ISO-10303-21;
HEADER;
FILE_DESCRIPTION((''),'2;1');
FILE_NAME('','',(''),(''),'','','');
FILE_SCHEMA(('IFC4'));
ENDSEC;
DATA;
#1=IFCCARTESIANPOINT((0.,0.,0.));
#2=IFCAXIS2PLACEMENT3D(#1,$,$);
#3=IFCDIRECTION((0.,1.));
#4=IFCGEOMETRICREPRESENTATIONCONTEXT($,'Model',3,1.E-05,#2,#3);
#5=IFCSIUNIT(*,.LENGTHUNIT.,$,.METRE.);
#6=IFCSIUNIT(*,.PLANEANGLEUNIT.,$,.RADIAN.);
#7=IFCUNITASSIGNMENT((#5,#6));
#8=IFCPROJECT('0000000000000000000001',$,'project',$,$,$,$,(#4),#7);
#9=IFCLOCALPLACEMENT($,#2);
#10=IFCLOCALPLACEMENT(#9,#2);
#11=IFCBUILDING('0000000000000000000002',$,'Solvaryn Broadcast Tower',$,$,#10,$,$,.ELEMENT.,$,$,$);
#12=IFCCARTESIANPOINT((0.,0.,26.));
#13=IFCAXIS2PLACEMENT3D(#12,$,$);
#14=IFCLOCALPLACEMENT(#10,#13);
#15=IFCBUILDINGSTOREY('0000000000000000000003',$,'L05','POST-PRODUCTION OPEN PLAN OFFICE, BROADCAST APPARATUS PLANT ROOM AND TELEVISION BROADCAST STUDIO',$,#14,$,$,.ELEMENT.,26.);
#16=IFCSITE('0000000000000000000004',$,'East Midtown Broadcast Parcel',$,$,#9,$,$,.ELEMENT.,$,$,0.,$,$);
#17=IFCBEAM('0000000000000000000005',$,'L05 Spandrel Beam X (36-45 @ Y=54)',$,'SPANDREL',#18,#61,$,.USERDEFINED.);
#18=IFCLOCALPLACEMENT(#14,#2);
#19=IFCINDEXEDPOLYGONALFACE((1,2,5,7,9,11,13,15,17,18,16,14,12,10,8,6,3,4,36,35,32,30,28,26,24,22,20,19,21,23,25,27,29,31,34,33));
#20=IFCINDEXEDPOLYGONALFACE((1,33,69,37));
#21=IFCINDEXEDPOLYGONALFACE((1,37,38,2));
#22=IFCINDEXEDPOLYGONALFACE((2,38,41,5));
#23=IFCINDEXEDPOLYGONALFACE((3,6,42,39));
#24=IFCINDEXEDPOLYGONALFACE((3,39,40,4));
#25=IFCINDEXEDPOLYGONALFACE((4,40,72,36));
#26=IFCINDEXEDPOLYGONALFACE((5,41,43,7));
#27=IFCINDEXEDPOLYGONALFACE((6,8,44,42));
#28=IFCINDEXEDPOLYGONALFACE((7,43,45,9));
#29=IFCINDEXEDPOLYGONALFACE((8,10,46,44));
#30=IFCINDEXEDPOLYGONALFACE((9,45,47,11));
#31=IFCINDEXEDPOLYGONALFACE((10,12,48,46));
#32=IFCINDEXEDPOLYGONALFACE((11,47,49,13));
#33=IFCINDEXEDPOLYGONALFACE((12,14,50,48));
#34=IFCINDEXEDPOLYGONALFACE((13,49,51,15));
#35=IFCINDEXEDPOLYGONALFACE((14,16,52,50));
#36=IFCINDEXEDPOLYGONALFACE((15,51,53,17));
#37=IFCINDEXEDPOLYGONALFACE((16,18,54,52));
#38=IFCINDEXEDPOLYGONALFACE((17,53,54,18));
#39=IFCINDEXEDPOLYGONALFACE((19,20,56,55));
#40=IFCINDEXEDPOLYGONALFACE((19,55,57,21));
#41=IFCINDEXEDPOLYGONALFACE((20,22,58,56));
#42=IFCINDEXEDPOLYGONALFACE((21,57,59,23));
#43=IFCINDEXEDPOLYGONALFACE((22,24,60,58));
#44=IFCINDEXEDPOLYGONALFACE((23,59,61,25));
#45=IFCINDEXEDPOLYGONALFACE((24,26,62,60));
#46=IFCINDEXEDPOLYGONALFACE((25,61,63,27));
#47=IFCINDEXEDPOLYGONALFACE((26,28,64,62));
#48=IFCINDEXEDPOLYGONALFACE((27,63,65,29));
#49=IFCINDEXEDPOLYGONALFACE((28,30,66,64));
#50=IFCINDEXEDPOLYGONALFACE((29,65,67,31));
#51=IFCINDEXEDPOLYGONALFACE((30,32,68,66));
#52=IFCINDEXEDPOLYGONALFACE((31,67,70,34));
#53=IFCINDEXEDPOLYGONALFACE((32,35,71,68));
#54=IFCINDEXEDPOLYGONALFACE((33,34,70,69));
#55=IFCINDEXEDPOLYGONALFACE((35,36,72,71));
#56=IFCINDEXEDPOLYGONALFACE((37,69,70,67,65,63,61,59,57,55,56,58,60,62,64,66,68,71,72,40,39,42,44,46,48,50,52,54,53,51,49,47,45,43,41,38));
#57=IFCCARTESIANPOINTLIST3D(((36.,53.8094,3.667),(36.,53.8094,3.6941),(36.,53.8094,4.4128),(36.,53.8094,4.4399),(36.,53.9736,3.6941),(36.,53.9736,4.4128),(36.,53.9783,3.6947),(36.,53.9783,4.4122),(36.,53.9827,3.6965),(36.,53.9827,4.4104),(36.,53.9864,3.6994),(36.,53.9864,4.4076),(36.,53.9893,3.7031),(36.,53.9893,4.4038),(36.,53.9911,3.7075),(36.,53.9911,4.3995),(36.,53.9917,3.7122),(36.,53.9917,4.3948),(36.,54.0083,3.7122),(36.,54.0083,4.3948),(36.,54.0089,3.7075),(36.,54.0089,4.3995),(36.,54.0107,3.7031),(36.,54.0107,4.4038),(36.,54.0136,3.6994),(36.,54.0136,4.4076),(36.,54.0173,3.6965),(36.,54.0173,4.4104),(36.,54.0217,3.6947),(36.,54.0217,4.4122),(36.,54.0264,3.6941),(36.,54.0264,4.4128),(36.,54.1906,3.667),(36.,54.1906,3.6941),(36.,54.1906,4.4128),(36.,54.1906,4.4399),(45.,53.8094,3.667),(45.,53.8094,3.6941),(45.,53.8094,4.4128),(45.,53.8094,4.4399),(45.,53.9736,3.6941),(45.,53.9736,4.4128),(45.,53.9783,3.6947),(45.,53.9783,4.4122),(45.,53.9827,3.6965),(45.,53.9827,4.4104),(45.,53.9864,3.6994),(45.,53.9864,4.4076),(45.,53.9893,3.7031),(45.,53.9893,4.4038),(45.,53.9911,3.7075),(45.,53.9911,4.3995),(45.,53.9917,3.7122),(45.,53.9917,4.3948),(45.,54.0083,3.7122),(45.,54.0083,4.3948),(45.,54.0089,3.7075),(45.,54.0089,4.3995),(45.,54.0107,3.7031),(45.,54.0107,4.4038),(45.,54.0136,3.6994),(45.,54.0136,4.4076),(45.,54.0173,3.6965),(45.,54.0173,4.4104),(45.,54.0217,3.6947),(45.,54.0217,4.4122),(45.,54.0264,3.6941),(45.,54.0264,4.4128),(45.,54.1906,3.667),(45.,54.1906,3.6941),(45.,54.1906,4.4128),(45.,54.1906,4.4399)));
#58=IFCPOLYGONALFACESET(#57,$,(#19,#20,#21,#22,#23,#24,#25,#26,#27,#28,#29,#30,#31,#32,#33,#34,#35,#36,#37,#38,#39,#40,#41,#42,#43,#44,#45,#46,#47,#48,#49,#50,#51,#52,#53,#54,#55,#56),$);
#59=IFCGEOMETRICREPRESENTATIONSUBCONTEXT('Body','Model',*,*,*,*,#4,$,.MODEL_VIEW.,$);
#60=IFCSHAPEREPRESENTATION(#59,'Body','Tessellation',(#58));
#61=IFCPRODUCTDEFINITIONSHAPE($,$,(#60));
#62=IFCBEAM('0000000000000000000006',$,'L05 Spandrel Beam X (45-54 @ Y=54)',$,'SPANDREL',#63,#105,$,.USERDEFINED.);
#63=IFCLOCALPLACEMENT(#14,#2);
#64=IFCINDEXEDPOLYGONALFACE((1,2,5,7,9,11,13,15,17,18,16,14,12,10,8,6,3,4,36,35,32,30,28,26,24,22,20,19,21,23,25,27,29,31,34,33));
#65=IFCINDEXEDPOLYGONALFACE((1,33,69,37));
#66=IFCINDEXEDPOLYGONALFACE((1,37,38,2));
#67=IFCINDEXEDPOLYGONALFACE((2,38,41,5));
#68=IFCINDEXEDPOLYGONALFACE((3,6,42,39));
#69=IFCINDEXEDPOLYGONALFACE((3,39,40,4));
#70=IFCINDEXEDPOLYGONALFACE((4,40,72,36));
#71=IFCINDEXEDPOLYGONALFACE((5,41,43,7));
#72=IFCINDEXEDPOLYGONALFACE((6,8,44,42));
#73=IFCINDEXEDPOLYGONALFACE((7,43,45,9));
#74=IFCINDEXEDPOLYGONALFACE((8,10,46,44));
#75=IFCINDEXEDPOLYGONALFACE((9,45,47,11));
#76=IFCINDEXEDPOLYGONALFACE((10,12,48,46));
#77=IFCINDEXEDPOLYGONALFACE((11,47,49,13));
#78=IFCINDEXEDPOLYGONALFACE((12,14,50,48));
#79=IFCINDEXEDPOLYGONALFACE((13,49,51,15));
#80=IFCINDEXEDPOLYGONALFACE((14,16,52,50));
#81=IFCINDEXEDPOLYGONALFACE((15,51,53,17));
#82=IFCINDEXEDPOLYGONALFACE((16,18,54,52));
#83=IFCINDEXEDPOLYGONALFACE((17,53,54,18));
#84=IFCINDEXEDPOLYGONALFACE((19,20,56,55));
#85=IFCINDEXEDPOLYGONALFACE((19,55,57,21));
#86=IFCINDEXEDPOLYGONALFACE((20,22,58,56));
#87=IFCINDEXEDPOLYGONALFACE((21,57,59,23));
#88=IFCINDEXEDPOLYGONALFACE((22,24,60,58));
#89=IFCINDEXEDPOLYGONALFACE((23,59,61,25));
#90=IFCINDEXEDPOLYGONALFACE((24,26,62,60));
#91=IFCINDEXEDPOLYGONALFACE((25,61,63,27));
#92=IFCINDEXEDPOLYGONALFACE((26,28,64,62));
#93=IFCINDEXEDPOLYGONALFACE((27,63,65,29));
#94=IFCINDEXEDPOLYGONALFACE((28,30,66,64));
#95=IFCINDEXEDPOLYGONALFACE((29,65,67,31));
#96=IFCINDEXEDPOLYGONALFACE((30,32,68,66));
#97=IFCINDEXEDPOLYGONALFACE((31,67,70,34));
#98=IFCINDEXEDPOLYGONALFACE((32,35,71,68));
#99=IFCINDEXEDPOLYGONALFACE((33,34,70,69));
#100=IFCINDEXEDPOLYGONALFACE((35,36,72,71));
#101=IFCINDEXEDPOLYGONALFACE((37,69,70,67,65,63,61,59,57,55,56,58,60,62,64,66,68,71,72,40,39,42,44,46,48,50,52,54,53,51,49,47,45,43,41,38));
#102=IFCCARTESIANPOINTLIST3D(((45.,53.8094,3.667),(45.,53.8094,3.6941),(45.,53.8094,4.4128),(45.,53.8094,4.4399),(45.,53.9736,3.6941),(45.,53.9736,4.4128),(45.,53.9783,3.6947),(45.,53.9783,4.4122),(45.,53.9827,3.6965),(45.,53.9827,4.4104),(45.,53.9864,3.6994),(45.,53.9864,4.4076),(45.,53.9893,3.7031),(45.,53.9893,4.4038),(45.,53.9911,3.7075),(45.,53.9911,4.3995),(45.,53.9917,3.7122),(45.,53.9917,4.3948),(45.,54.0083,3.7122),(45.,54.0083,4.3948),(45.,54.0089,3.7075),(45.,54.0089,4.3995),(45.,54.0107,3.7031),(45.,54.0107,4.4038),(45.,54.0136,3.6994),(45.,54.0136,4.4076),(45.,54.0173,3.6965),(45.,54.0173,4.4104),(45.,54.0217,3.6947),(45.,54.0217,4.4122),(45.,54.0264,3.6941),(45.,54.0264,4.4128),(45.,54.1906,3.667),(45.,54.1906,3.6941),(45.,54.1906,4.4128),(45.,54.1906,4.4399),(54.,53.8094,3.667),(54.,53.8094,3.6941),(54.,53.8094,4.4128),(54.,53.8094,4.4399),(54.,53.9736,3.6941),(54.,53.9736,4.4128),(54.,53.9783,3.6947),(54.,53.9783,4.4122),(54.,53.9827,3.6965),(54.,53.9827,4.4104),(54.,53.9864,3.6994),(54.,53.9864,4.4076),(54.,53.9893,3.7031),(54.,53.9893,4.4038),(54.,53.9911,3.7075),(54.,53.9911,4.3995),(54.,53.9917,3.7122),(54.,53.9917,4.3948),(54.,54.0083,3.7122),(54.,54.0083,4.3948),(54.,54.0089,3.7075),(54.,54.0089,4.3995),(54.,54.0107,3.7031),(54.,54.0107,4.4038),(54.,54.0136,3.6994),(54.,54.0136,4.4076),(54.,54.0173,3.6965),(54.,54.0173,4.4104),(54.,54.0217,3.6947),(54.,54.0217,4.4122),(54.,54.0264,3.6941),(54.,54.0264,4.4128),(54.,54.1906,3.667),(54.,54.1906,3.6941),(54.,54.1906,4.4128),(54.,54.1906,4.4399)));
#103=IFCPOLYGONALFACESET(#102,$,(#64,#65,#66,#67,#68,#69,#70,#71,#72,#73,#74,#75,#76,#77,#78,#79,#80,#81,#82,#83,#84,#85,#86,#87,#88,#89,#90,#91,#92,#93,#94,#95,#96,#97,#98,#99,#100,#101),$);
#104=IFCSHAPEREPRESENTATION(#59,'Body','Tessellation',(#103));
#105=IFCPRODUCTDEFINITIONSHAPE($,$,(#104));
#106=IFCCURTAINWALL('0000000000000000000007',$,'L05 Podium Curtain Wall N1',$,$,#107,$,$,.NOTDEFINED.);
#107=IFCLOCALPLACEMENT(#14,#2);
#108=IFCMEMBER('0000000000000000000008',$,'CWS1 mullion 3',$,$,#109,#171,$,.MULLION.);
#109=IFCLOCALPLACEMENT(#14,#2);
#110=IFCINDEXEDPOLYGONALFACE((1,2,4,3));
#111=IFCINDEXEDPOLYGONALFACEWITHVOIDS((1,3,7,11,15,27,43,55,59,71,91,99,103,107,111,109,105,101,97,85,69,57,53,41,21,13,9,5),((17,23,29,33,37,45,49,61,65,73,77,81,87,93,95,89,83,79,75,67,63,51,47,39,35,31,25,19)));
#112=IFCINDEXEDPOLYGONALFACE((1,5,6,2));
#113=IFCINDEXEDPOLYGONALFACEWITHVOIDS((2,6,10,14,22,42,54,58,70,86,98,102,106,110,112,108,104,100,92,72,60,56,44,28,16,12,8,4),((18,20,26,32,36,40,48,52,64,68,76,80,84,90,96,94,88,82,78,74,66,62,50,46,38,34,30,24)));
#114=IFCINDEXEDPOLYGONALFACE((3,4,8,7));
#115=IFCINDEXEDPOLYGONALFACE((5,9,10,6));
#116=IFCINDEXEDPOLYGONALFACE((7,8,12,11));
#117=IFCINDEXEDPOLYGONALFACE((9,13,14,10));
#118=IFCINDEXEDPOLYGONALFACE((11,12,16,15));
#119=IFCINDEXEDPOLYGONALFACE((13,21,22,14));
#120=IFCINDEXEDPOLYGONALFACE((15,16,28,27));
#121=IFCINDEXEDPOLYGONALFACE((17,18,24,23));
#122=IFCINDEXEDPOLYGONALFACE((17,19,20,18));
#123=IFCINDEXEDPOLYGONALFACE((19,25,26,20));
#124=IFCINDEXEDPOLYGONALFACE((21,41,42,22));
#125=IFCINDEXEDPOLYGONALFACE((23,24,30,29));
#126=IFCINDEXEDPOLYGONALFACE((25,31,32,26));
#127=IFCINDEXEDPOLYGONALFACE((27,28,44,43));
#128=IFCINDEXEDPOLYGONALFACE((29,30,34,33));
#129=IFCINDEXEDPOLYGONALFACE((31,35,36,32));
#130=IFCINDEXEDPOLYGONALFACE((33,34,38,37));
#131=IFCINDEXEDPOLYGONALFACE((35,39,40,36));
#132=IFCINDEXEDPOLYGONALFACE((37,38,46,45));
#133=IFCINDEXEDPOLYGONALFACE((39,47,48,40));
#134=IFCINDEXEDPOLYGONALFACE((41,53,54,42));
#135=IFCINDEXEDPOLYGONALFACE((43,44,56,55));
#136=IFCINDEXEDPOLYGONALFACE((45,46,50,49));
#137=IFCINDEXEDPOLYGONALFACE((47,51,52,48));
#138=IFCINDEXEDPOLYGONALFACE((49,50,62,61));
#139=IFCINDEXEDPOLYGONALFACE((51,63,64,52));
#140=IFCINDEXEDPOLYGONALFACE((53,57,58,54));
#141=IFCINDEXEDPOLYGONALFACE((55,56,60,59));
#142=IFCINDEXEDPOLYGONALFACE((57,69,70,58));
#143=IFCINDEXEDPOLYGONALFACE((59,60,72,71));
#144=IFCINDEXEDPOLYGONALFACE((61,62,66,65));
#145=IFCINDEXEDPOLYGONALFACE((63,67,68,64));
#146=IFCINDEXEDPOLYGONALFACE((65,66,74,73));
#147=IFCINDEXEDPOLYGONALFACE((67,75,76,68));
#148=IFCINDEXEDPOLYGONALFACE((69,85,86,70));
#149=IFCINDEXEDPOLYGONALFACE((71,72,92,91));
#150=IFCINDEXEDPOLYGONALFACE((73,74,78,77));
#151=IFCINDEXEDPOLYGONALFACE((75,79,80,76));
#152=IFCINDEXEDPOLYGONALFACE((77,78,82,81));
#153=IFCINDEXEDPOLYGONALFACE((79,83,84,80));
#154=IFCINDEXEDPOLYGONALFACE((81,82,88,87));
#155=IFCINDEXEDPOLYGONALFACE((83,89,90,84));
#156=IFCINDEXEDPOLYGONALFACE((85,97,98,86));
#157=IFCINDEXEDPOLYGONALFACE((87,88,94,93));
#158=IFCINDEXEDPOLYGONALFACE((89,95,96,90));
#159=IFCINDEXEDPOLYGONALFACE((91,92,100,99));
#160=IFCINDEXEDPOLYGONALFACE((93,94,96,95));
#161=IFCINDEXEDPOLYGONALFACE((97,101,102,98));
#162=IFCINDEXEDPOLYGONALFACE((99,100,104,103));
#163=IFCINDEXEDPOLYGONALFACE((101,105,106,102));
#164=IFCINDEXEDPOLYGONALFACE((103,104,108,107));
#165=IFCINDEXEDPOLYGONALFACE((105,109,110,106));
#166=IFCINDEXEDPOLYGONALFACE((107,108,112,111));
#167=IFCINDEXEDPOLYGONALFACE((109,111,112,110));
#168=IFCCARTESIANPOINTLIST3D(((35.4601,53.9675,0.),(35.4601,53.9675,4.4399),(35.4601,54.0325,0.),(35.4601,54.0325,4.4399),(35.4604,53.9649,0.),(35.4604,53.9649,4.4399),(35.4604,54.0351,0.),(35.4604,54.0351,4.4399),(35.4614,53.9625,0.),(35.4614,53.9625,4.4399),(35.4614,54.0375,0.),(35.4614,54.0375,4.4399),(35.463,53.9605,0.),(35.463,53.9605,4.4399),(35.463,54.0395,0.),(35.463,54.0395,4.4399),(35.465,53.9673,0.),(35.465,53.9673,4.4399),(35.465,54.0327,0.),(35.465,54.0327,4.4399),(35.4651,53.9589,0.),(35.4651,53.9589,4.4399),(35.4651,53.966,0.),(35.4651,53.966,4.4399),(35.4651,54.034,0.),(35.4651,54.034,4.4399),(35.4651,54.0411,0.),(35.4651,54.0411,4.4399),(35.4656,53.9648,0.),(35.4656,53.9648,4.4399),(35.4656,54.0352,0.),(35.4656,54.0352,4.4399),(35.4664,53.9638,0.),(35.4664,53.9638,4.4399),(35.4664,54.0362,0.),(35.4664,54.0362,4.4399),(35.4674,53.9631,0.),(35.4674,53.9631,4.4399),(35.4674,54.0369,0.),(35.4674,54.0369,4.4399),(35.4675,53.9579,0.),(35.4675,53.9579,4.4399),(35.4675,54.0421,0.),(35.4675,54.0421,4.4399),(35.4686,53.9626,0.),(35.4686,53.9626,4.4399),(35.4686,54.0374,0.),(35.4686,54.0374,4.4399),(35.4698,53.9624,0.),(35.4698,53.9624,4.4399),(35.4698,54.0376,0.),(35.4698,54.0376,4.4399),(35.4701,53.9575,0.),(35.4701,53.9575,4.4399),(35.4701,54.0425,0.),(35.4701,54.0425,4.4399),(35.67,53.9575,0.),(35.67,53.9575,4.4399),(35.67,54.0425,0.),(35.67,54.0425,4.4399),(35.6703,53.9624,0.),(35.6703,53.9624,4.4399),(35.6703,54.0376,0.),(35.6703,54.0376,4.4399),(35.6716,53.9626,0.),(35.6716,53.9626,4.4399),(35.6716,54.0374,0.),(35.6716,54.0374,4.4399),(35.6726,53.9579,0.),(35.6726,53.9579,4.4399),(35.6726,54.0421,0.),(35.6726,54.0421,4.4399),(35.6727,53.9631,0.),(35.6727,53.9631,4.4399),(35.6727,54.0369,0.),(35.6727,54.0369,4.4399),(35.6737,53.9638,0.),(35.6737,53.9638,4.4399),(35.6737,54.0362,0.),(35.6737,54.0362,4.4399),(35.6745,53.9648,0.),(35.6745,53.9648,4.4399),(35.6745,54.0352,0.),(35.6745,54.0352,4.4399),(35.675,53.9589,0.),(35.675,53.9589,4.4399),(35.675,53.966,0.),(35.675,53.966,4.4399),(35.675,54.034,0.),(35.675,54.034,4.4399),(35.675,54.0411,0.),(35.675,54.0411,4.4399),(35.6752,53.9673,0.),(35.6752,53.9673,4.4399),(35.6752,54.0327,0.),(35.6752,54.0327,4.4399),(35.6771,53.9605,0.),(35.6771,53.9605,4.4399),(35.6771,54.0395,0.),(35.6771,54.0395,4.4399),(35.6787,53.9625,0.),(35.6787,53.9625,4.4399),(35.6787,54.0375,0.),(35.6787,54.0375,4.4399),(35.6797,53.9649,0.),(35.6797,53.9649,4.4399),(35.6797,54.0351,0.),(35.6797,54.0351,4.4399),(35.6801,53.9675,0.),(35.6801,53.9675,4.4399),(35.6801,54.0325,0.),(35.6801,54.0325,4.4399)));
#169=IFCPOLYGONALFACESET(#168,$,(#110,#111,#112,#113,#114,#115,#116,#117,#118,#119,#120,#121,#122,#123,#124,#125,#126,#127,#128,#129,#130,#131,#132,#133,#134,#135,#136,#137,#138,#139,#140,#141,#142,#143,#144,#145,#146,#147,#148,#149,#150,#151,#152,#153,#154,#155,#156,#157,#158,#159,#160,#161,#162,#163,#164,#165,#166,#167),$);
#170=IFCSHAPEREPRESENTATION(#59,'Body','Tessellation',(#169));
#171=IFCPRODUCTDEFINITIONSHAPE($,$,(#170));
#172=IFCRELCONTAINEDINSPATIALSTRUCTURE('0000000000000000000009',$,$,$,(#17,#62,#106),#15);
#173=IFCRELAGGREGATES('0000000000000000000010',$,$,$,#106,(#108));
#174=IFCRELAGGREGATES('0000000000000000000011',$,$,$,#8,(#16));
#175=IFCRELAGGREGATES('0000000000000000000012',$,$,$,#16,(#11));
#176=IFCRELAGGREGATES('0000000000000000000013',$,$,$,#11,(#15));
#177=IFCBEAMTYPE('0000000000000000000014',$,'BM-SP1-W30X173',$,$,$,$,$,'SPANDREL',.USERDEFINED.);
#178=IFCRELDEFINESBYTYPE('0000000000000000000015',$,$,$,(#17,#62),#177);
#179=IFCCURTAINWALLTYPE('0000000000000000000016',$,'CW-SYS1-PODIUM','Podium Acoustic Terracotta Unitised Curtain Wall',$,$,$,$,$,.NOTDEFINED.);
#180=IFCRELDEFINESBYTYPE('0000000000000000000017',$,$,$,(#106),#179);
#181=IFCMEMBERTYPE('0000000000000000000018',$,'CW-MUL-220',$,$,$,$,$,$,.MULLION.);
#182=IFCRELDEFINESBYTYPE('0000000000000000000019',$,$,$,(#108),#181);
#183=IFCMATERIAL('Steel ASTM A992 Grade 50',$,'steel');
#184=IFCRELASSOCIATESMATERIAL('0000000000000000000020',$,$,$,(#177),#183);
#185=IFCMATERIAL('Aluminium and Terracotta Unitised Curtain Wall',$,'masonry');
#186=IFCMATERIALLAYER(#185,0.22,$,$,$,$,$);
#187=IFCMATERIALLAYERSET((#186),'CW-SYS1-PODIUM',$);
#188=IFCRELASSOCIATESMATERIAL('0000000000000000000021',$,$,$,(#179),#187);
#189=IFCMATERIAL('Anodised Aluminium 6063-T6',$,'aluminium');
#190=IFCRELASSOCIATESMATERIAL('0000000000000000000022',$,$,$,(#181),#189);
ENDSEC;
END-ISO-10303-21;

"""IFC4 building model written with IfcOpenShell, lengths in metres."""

from ifc_helpers import new_model, si_unit, direction, frame, origin, origin_2d, place, context, subcontext, project, spatial, hollow_rectangle, i_section, extrude, material, layer, layer_set, material_profile, profile_set, type_object, element, aggregate, save


model = new_model("IFC4")

# Units and contexts
model_context = context("Model", 3, precision=1e-05, world=origin(), true_north=direction((0.0, 1.0)))
body_context = subcontext(model_context, "Body", "Model", "MODEL_VIEW")
ifc_project = project(units=[si_unit("LENGTHUNIT", "METRE"), si_unit("PLANEANGLEUNIT", "RADIAN")], contexts=[model_context])

# Site, building, storey
site_placement = place(None, origin())
site = spatial("IfcSite", under=ifc_project, at=site_placement, Name="East Midtown Broadcast Parcel", CompositionType="ELEMENT", RefElevation=0.0)
building_placement = place(site_placement, origin())
building = spatial("IfcBuilding", under=site, at=building_placement, Name="Solvaryn Broadcast Tower", CompositionType="ELEMENT")
storey_placement = place(building_placement, frame((0.0, 0.0, 26.0)))
storey = spatial("IfcBuildingStorey", under=building, at=storey_placement, Name="L05", Description="POST-PRODUCTION OPEN PLAN OFFICE, BROADCAST APPARATUS PLANT ROOM AND TELEVISION BROADCAST STUDIO", CompositionType="ELEMENT", Elevation=26.0)

# Beams
ifc_material_1 = material(Name="Steel ASTM A992 Grade 50", Category="steel")
ifc_material_profile_1 = material_profile(ifc_material_1, i_section(OverallWidth=0.3811, OverallDepth=0.7729, WebThickness=0.0166, FlangeThickness=0.0271, FilletRadius=0.0181, at=origin_2d()))
ifc_profile_set_1 = profile_set([ifc_material_profile_1], Name="Steel ASTM A992 Grade 50")
beam_type_1 = type_object("IfcBeamType", Name="BM-SP1-W30X173", ElementType="SPANDREL", PredefinedType="USERDEFINED", material=ifc_profile_set_1)
for number, where, z_axis, x_axis, name in (
    (1, (36.0, 54.0, 4.0535), (1.0, 0.0, 0.0), (0.0, 1.0, 0.0), "L05 Spandrel Beam X (36-45 @ Y=54)"),
    (2, (45.0, 54.0, 4.0535), (1.0, 0.0, 0.0), (0.0, 1.0, 0.0), "L05 Spandrel Beam X (45-54 @ Y=54)"),
):
    element("IfcBeam", number, at=place(storey_placement, frame(where, z_axis=z_axis, x_axis=x_axis)), inside=storey, type_object=beam_type_1, Name=name, ObjectType="SPANDREL", PredefinedType="USERDEFINED", context=body_context, shape_type="SweptSolid", body=[
        extrude(i_section(OverallWidth=0.3811, OverallDepth=0.7729, WebThickness=0.0166, FlangeThickness=0.0271, FilletRadius=0.0181, at=origin_2d()), origin(), (0.0, 0.0, 1.0), 9.0),
    ])

# Curtain wall, member
ifc_material_2 = material(Name="Aluminium and Terracotta Unitised Curtain Wall", Category="masonry")
ifc_layer_1 = layer(ifc_material_2, 0.22)
ifc_layer_set_1 = layer_set([ifc_layer_1], Name="CW-SYS1-PODIUM")
curtain_wall_type = type_object("IfcCurtainWallType", Name="CW-SYS1-PODIUM", Description="Podium Acoustic Terracotta Unitised Curtain Wall", PredefinedType="NOTDEFINED", material=ifc_layer_set_1)
curtain_wall_1_placement = place(storey_placement, origin())
curtain_wall_1 = element("IfcCurtainWall", 3, at=curtain_wall_1_placement, inside=storey, type_object=curtain_wall_type, Name="L05 Podium Curtain Wall N1", PredefinedType="NOTDEFINED")
ifc_material_3 = material(Name="Anodised Aluminium 6063-T6", Category="aluminium")
ifc_material_profile_2 = material_profile(ifc_material_3, hollow_rectangle(XDim=0.085, YDim=0.22, WallThickness=0.0049, InnerFilletRadius=0.0049, OuterFilletRadius=0.01, at=origin_2d()))
ifc_profile_set_2 = profile_set([ifc_material_profile_2], Name="Anodised Aluminium 6063-T6")
member_type_1 = type_object("IfcMemberType", Name="CW-MUL-220", PredefinedType="MULLION", material=ifc_profile_set_2)
member_1_placement = place(storey_placement, frame((35.5701, 54.0, 0.0), z_axis=(0.0, 0.0, 1.0), x_axis=(0.0, 1.0, 0.0)))
member_1 = element("IfcMember", 4, at=member_1_placement, type_object=member_type_1, Name="CWS1 mullion 3", PredefinedType="MULLION", context=body_context, shape_type="SweptSolid", body=[
    extrude(hollow_rectangle(XDim=0.085, YDim=0.22, WallThickness=0.0049, InnerFilletRadius=0.0049, OuterFilletRadius=0.01, at=origin_2d()), origin(), (0.0, 0.0, 1.0), 4.4399),
])
aggregate(curtain_wall_1, [member_1])

save(model, "model.ifc")
